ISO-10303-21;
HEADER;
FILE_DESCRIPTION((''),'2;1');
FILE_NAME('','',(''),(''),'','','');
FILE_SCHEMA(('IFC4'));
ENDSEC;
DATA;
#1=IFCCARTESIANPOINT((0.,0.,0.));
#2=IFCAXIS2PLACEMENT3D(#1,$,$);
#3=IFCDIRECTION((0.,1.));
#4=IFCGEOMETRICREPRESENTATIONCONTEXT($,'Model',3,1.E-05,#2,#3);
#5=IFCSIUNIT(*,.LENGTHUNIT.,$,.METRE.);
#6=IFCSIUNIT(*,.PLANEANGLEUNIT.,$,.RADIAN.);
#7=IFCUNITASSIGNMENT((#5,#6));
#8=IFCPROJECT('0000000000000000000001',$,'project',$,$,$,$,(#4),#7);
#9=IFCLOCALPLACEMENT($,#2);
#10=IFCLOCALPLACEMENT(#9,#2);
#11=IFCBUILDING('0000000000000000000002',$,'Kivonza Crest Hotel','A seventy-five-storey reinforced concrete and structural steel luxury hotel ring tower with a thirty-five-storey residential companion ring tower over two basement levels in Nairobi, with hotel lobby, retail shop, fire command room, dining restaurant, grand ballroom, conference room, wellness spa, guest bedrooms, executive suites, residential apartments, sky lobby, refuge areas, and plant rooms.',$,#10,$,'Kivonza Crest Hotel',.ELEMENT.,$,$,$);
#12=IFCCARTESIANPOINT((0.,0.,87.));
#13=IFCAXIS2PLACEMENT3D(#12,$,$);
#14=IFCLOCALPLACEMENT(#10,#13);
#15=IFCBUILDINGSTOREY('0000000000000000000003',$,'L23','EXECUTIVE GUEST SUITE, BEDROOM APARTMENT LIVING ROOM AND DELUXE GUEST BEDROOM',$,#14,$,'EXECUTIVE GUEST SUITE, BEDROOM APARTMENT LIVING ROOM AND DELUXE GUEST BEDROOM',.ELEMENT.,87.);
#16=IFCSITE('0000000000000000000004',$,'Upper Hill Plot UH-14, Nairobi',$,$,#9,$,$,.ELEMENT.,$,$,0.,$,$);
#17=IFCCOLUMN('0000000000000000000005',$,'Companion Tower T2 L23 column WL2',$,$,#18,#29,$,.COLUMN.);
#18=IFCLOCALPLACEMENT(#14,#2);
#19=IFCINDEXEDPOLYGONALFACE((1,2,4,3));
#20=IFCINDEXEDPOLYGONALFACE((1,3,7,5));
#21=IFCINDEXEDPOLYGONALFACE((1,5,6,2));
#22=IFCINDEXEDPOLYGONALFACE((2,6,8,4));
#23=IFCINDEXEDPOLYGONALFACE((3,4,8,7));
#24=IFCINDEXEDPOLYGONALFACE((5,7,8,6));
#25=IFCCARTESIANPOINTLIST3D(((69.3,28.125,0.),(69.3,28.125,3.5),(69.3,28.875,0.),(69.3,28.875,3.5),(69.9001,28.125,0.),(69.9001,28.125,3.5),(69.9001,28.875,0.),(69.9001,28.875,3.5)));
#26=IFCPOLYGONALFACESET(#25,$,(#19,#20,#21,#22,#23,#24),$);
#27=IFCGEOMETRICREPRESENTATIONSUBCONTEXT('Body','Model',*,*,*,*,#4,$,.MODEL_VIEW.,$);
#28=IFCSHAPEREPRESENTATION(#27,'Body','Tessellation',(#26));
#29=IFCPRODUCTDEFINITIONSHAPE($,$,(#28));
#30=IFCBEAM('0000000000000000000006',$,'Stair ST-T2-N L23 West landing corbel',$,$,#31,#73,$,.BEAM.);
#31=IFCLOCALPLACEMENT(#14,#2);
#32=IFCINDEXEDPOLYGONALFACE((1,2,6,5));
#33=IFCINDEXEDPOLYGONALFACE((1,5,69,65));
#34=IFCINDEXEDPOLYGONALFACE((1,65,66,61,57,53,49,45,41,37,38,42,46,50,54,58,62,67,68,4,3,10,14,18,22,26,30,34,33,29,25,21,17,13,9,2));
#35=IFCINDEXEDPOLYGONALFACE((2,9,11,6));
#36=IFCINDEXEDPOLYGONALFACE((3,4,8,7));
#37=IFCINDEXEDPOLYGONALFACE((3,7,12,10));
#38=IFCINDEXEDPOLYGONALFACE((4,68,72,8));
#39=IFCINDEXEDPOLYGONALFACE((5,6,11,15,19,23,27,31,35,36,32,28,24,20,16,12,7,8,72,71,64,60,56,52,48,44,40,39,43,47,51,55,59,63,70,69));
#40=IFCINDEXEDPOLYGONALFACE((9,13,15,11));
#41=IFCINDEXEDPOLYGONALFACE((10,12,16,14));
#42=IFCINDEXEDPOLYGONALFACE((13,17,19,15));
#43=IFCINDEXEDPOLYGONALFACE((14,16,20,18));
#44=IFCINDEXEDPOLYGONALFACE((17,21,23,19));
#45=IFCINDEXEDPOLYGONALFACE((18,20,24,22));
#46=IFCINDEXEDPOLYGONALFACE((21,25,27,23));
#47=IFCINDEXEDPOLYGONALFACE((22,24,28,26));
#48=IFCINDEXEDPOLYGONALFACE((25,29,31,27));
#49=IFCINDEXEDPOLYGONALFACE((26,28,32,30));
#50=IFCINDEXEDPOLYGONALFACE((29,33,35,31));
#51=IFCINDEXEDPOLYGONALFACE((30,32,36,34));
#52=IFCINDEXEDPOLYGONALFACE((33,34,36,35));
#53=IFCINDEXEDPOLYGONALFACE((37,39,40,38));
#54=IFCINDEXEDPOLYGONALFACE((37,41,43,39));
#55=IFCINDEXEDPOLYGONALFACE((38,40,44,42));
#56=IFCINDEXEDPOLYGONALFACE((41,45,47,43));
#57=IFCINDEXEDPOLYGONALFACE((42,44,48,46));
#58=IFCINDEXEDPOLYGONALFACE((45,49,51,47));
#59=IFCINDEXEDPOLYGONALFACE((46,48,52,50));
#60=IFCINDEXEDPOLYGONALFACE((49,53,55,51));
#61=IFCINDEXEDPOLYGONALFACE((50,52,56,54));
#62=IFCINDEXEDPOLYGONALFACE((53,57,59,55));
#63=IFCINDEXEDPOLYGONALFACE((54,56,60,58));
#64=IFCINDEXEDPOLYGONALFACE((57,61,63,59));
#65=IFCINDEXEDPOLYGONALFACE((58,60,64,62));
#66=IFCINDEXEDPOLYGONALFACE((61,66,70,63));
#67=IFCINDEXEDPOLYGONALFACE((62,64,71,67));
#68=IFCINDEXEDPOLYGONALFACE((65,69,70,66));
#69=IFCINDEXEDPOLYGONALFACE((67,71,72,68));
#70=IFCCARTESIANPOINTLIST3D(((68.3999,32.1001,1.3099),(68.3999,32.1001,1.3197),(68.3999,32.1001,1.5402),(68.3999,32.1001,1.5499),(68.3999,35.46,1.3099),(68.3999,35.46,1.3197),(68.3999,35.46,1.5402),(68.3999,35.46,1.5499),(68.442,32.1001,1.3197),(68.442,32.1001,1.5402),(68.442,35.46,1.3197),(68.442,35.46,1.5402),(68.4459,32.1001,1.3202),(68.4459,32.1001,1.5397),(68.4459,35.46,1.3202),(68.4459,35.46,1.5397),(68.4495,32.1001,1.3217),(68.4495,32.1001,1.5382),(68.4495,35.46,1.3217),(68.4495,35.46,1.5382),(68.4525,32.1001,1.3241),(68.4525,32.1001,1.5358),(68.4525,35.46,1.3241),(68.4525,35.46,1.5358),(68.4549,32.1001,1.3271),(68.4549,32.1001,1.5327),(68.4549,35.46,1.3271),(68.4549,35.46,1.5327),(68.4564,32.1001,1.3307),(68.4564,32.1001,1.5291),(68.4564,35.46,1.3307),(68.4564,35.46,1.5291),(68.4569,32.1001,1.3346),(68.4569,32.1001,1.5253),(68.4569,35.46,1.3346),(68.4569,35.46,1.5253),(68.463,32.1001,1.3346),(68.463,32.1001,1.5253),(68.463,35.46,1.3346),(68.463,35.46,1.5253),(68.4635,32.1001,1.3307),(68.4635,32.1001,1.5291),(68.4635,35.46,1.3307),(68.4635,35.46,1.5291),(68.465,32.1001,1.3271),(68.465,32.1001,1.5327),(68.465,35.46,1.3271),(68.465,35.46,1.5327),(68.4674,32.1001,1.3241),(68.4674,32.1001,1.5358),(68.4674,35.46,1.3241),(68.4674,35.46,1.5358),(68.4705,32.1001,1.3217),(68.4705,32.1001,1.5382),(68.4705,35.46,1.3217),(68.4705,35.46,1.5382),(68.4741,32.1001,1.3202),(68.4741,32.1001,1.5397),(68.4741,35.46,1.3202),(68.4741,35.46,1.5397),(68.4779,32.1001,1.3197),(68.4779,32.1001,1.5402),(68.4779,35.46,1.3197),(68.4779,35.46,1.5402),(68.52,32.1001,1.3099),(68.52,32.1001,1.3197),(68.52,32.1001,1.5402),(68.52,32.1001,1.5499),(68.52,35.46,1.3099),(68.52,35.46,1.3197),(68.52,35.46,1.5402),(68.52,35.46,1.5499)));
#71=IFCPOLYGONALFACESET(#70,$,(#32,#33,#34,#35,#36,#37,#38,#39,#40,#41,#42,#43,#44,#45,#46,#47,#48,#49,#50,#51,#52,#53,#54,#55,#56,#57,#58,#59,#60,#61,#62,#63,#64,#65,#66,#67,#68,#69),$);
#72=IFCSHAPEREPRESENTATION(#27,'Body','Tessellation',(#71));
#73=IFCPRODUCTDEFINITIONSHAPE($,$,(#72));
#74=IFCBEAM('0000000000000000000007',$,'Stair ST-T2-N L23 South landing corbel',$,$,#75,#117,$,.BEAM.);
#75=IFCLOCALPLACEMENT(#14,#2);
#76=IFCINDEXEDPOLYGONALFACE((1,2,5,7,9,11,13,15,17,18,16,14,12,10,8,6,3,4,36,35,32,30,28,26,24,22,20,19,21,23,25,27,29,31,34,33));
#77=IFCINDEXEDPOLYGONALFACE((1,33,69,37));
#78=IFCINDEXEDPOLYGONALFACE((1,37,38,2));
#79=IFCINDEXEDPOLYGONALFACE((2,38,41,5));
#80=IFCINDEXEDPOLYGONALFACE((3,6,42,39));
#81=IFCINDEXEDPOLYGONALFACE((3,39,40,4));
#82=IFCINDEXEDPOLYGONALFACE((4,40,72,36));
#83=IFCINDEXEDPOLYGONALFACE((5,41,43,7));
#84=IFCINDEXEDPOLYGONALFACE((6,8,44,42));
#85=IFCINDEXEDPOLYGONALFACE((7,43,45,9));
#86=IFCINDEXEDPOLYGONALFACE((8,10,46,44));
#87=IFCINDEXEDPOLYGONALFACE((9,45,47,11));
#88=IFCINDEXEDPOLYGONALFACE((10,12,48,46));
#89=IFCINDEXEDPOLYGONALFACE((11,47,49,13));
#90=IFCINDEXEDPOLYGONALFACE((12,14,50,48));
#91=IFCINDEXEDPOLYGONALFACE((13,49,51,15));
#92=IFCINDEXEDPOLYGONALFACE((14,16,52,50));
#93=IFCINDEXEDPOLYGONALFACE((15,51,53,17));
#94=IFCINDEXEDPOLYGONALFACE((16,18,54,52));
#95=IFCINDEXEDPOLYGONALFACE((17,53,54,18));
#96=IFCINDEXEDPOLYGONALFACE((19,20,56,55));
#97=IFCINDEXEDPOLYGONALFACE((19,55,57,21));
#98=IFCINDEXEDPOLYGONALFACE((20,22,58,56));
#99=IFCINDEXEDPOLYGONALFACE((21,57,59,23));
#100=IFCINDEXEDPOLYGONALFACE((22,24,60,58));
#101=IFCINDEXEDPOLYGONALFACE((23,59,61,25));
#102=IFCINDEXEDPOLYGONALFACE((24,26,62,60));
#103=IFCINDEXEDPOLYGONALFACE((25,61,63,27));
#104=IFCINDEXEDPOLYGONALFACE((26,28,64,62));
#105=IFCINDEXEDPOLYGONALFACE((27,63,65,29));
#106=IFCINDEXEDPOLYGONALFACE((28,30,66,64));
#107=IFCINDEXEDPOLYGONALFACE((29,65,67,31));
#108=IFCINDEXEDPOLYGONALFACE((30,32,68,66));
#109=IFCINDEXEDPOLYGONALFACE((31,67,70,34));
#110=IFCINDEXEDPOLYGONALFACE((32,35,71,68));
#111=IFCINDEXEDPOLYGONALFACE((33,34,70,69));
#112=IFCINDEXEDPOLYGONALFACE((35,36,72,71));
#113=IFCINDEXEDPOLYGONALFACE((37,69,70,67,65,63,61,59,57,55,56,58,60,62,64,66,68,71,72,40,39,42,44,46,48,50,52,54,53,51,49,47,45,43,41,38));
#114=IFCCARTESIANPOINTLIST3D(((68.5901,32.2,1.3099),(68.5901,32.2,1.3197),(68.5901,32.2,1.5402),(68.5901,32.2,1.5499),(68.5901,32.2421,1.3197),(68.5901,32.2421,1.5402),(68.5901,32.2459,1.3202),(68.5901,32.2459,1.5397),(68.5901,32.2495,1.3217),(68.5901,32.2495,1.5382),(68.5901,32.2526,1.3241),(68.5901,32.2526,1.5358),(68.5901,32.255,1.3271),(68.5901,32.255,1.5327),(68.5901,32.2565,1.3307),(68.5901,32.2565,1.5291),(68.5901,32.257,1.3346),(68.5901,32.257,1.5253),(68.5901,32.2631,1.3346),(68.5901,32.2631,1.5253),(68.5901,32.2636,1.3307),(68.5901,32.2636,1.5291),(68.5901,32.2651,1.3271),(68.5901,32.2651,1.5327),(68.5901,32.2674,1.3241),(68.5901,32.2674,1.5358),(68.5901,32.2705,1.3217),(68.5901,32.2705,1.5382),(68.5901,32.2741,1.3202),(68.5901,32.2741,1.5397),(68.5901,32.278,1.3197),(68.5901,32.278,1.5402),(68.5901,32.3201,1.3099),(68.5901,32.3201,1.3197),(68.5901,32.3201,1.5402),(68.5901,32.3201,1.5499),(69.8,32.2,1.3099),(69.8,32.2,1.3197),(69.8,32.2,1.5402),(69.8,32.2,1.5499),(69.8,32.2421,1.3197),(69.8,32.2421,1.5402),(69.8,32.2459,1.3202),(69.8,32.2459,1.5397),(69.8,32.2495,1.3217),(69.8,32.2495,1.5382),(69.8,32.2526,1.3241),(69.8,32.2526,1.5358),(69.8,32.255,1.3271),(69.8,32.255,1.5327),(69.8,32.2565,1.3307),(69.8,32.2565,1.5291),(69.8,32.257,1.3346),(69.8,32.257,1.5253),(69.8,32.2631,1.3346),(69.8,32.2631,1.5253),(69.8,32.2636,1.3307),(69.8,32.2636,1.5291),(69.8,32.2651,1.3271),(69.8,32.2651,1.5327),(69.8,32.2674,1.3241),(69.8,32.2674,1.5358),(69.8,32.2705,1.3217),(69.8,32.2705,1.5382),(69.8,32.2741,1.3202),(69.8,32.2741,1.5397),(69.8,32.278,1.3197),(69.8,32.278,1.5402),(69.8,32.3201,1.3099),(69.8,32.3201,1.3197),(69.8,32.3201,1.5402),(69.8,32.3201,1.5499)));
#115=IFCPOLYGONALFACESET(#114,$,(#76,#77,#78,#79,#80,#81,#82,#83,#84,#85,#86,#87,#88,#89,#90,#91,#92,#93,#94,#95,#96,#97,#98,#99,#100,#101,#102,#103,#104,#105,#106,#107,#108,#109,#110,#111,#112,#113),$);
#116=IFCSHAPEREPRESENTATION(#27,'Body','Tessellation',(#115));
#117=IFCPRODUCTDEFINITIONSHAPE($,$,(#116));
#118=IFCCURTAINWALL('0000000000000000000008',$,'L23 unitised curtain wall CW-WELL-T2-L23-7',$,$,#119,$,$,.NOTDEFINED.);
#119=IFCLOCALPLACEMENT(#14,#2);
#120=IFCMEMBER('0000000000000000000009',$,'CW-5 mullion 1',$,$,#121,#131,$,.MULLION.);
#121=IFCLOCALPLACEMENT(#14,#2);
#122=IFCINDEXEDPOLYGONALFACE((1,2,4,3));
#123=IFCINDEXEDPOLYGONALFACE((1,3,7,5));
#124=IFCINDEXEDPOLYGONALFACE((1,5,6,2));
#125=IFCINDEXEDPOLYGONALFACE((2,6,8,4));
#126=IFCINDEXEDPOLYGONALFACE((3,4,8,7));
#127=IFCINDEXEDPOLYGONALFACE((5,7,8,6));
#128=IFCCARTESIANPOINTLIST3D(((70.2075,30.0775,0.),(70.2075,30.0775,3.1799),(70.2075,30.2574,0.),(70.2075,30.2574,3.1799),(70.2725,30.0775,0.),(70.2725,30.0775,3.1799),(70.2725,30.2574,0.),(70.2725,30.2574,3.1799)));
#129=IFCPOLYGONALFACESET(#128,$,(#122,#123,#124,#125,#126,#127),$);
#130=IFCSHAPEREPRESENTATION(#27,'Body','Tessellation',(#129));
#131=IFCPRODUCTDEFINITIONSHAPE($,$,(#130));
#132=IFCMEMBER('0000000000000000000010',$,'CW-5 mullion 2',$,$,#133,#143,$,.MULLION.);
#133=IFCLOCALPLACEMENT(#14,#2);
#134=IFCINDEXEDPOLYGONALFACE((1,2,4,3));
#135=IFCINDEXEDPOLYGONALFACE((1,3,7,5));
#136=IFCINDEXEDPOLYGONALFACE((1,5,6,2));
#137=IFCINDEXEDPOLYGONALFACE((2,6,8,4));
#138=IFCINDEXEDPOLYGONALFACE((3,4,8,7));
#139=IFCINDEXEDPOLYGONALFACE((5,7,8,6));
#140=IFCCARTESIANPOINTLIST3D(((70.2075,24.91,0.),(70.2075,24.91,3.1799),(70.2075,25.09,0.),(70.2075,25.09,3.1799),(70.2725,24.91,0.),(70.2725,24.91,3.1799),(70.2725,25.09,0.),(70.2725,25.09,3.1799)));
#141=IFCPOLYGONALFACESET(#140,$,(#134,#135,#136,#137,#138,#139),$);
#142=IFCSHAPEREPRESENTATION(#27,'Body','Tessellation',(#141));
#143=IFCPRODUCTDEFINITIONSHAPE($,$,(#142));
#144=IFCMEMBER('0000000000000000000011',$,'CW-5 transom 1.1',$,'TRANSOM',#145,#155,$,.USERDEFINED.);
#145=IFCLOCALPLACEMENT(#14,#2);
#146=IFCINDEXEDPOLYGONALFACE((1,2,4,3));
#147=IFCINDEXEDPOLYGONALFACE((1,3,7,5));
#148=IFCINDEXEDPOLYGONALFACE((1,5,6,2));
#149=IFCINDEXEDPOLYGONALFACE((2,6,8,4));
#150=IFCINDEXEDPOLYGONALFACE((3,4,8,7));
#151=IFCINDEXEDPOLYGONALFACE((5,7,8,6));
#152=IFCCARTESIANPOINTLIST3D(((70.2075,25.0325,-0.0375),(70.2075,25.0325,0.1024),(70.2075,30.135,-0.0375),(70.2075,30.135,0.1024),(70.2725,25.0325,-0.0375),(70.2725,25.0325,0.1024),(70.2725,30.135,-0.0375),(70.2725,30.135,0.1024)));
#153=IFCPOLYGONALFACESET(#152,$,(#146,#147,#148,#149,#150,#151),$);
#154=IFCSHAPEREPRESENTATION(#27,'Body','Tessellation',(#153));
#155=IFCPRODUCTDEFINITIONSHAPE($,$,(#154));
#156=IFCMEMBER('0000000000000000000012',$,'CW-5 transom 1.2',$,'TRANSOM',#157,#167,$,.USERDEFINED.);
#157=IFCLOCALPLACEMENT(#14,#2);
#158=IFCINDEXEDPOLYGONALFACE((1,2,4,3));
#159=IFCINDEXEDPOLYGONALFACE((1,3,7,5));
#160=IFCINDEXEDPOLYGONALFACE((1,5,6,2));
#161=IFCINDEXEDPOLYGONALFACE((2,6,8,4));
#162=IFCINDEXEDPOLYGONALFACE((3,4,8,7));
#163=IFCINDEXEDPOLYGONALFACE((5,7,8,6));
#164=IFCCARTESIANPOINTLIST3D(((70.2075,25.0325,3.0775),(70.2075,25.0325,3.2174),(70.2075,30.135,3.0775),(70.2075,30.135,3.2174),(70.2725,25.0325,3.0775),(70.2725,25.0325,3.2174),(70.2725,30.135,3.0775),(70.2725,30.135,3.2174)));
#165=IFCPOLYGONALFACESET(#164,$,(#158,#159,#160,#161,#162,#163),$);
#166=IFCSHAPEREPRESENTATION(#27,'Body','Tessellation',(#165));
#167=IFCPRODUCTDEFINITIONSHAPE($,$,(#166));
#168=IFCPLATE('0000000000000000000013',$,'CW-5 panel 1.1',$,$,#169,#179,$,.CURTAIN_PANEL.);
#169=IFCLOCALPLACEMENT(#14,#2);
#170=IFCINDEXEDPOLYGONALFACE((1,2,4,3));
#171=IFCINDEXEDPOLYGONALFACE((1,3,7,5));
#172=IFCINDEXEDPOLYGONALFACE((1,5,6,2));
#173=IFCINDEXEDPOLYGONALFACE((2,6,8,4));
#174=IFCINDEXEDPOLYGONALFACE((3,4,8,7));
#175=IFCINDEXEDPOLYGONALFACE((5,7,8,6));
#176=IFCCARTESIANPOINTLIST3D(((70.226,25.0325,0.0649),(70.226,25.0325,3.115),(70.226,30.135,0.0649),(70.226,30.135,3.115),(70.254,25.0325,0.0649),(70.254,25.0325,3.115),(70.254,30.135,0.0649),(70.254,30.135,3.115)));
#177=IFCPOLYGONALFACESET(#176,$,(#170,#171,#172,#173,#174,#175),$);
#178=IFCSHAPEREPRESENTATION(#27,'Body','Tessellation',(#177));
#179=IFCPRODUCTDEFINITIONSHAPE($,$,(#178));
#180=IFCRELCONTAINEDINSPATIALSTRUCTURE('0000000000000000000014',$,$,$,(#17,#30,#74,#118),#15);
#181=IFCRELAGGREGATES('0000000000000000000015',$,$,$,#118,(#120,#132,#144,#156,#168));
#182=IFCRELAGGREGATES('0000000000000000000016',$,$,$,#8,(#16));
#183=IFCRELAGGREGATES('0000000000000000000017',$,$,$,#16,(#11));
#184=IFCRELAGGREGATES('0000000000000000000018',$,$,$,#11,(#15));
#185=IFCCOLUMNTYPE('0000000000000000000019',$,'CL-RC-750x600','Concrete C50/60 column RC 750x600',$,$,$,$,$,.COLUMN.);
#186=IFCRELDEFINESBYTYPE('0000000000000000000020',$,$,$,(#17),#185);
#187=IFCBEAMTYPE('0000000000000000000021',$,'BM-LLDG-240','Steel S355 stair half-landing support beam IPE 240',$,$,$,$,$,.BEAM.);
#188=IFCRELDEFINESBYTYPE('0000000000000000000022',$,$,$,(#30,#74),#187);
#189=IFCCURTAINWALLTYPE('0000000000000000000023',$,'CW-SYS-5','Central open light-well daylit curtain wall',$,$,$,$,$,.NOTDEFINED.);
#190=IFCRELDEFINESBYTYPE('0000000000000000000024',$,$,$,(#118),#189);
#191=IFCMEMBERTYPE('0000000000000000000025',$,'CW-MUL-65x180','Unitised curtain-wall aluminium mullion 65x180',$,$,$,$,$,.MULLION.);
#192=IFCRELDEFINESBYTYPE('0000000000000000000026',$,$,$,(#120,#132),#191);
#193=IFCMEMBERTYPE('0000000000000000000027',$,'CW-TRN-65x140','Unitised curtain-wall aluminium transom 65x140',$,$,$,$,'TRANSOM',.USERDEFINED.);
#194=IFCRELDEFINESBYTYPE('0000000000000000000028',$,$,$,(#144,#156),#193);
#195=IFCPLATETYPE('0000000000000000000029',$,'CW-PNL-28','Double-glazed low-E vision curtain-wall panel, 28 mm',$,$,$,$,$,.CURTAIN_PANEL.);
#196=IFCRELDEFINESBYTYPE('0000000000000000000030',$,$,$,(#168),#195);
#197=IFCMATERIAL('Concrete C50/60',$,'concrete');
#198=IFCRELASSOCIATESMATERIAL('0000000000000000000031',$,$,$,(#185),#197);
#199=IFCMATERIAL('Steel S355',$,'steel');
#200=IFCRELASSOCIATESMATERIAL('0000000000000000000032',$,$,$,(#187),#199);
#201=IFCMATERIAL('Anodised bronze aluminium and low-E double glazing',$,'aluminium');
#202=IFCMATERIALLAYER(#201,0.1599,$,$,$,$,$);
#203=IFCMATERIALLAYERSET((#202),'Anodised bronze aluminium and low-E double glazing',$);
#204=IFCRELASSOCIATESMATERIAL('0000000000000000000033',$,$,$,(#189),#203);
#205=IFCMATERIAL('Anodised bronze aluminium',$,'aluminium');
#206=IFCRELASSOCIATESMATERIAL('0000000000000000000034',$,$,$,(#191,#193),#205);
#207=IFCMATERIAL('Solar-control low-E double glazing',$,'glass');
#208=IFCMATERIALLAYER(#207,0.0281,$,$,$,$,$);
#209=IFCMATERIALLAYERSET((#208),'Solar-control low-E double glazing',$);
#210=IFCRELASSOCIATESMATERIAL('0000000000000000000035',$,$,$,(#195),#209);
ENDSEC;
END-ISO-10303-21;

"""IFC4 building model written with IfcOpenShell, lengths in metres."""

from ifc_helpers import new_model, si_unit, direction, frame, origin, origin_2d, place, context, subcontext, project, spatial, rectangle, i_section, extrude, material, layer, layer_set, material_profile, profile_set, type_object, element, aggregate, save


model = new_model("IFC4")

# Units and contexts
model_context = context("Model", 3, precision=1e-05, world=origin(), true_north=direction((0.0, 1.0)))
body_context = subcontext(model_context, "Body", "Model", "MODEL_VIEW")
ifc_project = project(units=[si_unit("LENGTHUNIT", "METRE"), si_unit("PLANEANGLEUNIT", "RADIAN")], contexts=[model_context])

# Site, building, storey
site_placement = place(None, origin())
site = spatial("IfcSite", under=ifc_project, at=site_placement, Name="Upper Hill Plot UH-14, Nairobi", CompositionType="ELEMENT", RefElevation=0.0)
building_placement = place(site_placement, origin())
building = spatial("IfcBuilding", under=site, at=building_placement, Name="Kivonza Crest Hotel", Description="A seventy-five-storey reinforced concrete and structural steel luxury hotel ring tower with a thirty-five-storey residential companion ring tower over two basement levels in Nairobi, with hotel lobby, retail shop, fire command room, dining restaurant, grand ballroom, conference room, wellness spa, guest bedrooms, executive suites, residential apartments, sky lobby, refuge areas, and plant rooms.", LongName="Kivonza Crest Hotel", CompositionType="ELEMENT")
storey_placement = place(building_placement, frame((0.0, 0.0, 87.0)))
storey = spatial("IfcBuildingStorey", under=building, at=storey_placement, Name="L23", Description="EXECUTIVE GUEST SUITE, BEDROOM APARTMENT LIVING ROOM AND DELUXE GUEST BEDROOM", LongName="EXECUTIVE GUEST SUITE, BEDROOM APARTMENT LIVING ROOM AND DELUXE GUEST BEDROOM", CompositionType="ELEMENT", Elevation=87.0)

# Column
ifc_material_1 = material(Name="Concrete C50/60", Category="concrete")
ifc_material_profile_1 = material_profile(ifc_material_1, rectangle(XDim=0.6001, YDim=0.75, at=origin_2d()), Name="RC 750x600")
ifc_profile_set_1 = profile_set([ifc_material_profile_1], Name="Concrete C50/60")
column_type = type_object("IfcColumnType", Name="CL-RC-750x600", Description="Concrete C50/60 column RC 750x600", PredefinedType="COLUMN", material=ifc_profile_set_1)
column_placement = place(storey_placement, frame((69.6001, 28.5, 0.0), z_axis=(0.0, 0.0, 1.0), x_axis=(1.0, 0.0, 0.0)))
element("IfcColumn", 1, at=column_placement, inside=storey, type_object=column_type, Name="Companion Tower T2 L23 column WL2", PredefinedType="COLUMN", context=body_context, shape_type="SweptSolid", body=[
    extrude(rectangle(XDim=0.6001, YDim=0.75, at=origin_2d()), origin(), (0.0, 0.0, 1.0), 3.5),
])

# Beams
ifc_material_2 = material(Name="Steel S355", Category="steel")
ifc_material_profile_2 = material_profile(ifc_material_2, i_section(OverallWidth=0.1201, OverallDepth=0.24, WebThickness=0.0061, FlangeThickness=0.0098, FilletRadius=0.0149, at=origin_2d()), Name="IPE 240")
ifc_profile_set_2 = profile_set([ifc_material_profile_2], Name="Steel S355")
beam_type = type_object("IfcBeamType", Name="BM-LLDG-240", Description="Steel S355 stair half-landing support beam IPE 240", PredefinedType="BEAM", material=ifc_profile_set_2)
beam_1_placement = place(storey_placement, frame((68.46, 32.1001, 1.4299), z_axis=(0.0, 1.0, 0.0), x_axis=(-1.0, 0.0, 0.0)))
element("IfcBeam", 2, at=beam_1_placement, inside=storey, type_object=beam_type, Name="Stair ST-T2-N L23 West landing corbel", PredefinedType="BEAM", context=body_context, shape_type="SweptSolid", body=[
    extrude(i_section(OverallWidth=0.1201, OverallDepth=0.24, WebThickness=0.0061, FlangeThickness=0.0098, FilletRadius=0.0149, at=origin_2d()), origin(), (0.0, 0.0, 1.0), 3.3599),
])
beam_2_placement = place(storey_placement, frame((68.5901, 32.26, 1.4299), z_axis=(1.0, 0.0, 0.0), x_axis=(0.0, 1.0, 0.0)))
element("IfcBeam", 3, at=beam_2_placement, inside=storey, type_object=beam_type, Name="Stair ST-T2-N L23 South landing corbel", PredefinedType="BEAM", context=body_context, shape_type="SweptSolid", body=[
    extrude(i_section(OverallWidth=0.1201, OverallDepth=0.24, WebThickness=0.0061, FlangeThickness=0.0098, FilletRadius=0.0149, at=origin_2d()), origin(), (0.0, 0.0, 1.0), 1.21),
])

# Curtain wall, members, plate
ifc_material_3 = material(Name="Anodised bronze aluminium and low-E double glazing", Category="aluminium")
ifc_layer_1 = layer(ifc_material_3, 0.1599)
ifc_layer_set_1 = layer_set([ifc_layer_1], Name="Anodised bronze aluminium and low-E double glazing")
curtain_wall_type = type_object("IfcCurtainWallType", Name="CW-SYS-5", Description="Central open light-well daylit curtain wall", PredefinedType="NOTDEFINED", material=ifc_layer_set_1)
curtain_wall_placement = place(storey_placement, origin())
curtain_wall = element("IfcCurtainWall", 4, at=curtain_wall_placement, inside=storey, type_object=curtain_wall_type, Name="L23 unitised curtain wall CW-WELL-T2-L23-7", PredefinedType="NOTDEFINED")
ifc_material_4 = material(Name="Anodised bronze aluminium", Category="aluminium")
ifc_material_profile_3 = material_profile(ifc_material_4, rectangle(XDim=0.0649, YDim=0.1799, at=origin_2d()), Name="CW-M 65x180")
ifc_profile_set_3 = profile_set([ifc_material_profile_3], Name="Anodised bronze aluminium")
member_type_1 = type_object("IfcMemberType", Name="CW-MUL-65x180", Description="Unitised curtain-wall aluminium mullion 65x180", PredefinedType="MULLION", material=ifc_profile_set_3)
member_1_placement = place(storey_placement, frame((70.24, 30.1675, 0.0), z_axis=(0.0, 0.0, 1.0), x_axis=(1.0, 0.0, 0.0)))
member_1 = element("IfcMember", 5, at=member_1_placement, type_object=member_type_1, Name="CW-5 mullion 1", PredefinedType="MULLION", context=body_context, shape_type="SweptSolid", body=[
    extrude(rectangle(XDim=0.0649, YDim=0.1799, at=origin_2d()), origin(), (0.0, 0.0, 1.0), 3.1799),
])
member_2_placement = place(storey_placement, frame((70.24, 25.0, 0.0), z_axis=(0.0, 0.0, 1.0), x_axis=(1.0, 0.0, 0.0)))
member_2 = element("IfcMember", 6, at=member_2_placement, type_object=member_type_1, Name="CW-5 mullion 2", PredefinedType="MULLION", context=body_context, shape_type="SweptSolid", body=[
    extrude(rectangle(XDim=0.0649, YDim=0.1799, at=origin_2d()), origin(), (0.0, 0.0, 1.0), 3.1799),
])
ifc_material_profile_4 = material_profile(ifc_material_4, rectangle(XDim=0.0649, YDim=0.1399, at=origin_2d()), Name="CW-T 65x140")
ifc_profile_set_4 = profile_set([ifc_material_profile_4], Name="Anodised bronze aluminium")
member_type_2 = type_object("IfcMemberType", Name="CW-TRN-65x140", Description="Unitised curtain-wall aluminium transom 65x140", ElementType="TRANSOM", PredefinedType="USERDEFINED", material=ifc_profile_set_4)
member_3_placement = place(storey_placement, frame((70.24, 30.135, 0.0325), z_axis=(0.0, -1.0, 0.0), x_axis=(1.0, 0.0, 0.0)))
member_3 = element("IfcMember", 7, at=member_3_placement, type_object=member_type_2, Name="CW-5 transom 1.1", ObjectType="TRANSOM", PredefinedType="USERDEFINED", context=body_context, shape_type="SweptSolid", body=[
    extrude(rectangle(XDim=0.0649, YDim=0.1399, at=origin_2d()), origin(), (0.0, 0.0, 1.0), 5.1025),
])
member_4_placement = place(storey_placement, frame((70.24, 30.135, 3.1475), z_axis=(0.0, -1.0, 0.0), x_axis=(1.0, 0.0, 0.0)))
member_4 = element("IfcMember", 8, at=member_4_placement, type_object=member_type_2, Name="CW-5 transom 1.2", ObjectType="TRANSOM", PredefinedType="USERDEFINED", context=body_context, shape_type="SweptSolid", body=[
    extrude(rectangle(XDim=0.0649, YDim=0.1399, at=origin_2d()), origin(), (0.0, 0.0, 1.0), 5.1025),
])
ifc_material_5 = material(Name="Solar-control low-E double glazing", Category="glass")
ifc_layer_2 = layer(ifc_material_5, 0.0281)
ifc_layer_set_2 = layer_set([ifc_layer_2], Name="Solar-control low-E double glazing")
plate_type = type_object("IfcPlateType", Name="CW-PNL-28", Description="Double-glazed low-E vision curtain-wall panel, 28 mm", PredefinedType="CURTAIN_PANEL", material=ifc_layer_set_2)
plate_placement = place(storey_placement, frame((70.24, 27.5837, 0.0649), z_axis=(0.0, 0.0, 1.0), x_axis=(0.0, -1.0, 0.0)))
plate = element("IfcPlate", 9, at=plate_placement, type_object=plate_type, Name="CW-5 panel 1.1", PredefinedType="CURTAIN_PANEL", context=body_context, shape_type="SweptSolid", body=[
    extrude(rectangle(XDim=5.1025, YDim=0.0281, at=origin_2d()), origin(), (0.0, 0.0, 1.0), 3.05),
])
aggregate(curtain_wall, [member_1, member_2, member_3, member_4, plate])

save(model, "model.ifc")
